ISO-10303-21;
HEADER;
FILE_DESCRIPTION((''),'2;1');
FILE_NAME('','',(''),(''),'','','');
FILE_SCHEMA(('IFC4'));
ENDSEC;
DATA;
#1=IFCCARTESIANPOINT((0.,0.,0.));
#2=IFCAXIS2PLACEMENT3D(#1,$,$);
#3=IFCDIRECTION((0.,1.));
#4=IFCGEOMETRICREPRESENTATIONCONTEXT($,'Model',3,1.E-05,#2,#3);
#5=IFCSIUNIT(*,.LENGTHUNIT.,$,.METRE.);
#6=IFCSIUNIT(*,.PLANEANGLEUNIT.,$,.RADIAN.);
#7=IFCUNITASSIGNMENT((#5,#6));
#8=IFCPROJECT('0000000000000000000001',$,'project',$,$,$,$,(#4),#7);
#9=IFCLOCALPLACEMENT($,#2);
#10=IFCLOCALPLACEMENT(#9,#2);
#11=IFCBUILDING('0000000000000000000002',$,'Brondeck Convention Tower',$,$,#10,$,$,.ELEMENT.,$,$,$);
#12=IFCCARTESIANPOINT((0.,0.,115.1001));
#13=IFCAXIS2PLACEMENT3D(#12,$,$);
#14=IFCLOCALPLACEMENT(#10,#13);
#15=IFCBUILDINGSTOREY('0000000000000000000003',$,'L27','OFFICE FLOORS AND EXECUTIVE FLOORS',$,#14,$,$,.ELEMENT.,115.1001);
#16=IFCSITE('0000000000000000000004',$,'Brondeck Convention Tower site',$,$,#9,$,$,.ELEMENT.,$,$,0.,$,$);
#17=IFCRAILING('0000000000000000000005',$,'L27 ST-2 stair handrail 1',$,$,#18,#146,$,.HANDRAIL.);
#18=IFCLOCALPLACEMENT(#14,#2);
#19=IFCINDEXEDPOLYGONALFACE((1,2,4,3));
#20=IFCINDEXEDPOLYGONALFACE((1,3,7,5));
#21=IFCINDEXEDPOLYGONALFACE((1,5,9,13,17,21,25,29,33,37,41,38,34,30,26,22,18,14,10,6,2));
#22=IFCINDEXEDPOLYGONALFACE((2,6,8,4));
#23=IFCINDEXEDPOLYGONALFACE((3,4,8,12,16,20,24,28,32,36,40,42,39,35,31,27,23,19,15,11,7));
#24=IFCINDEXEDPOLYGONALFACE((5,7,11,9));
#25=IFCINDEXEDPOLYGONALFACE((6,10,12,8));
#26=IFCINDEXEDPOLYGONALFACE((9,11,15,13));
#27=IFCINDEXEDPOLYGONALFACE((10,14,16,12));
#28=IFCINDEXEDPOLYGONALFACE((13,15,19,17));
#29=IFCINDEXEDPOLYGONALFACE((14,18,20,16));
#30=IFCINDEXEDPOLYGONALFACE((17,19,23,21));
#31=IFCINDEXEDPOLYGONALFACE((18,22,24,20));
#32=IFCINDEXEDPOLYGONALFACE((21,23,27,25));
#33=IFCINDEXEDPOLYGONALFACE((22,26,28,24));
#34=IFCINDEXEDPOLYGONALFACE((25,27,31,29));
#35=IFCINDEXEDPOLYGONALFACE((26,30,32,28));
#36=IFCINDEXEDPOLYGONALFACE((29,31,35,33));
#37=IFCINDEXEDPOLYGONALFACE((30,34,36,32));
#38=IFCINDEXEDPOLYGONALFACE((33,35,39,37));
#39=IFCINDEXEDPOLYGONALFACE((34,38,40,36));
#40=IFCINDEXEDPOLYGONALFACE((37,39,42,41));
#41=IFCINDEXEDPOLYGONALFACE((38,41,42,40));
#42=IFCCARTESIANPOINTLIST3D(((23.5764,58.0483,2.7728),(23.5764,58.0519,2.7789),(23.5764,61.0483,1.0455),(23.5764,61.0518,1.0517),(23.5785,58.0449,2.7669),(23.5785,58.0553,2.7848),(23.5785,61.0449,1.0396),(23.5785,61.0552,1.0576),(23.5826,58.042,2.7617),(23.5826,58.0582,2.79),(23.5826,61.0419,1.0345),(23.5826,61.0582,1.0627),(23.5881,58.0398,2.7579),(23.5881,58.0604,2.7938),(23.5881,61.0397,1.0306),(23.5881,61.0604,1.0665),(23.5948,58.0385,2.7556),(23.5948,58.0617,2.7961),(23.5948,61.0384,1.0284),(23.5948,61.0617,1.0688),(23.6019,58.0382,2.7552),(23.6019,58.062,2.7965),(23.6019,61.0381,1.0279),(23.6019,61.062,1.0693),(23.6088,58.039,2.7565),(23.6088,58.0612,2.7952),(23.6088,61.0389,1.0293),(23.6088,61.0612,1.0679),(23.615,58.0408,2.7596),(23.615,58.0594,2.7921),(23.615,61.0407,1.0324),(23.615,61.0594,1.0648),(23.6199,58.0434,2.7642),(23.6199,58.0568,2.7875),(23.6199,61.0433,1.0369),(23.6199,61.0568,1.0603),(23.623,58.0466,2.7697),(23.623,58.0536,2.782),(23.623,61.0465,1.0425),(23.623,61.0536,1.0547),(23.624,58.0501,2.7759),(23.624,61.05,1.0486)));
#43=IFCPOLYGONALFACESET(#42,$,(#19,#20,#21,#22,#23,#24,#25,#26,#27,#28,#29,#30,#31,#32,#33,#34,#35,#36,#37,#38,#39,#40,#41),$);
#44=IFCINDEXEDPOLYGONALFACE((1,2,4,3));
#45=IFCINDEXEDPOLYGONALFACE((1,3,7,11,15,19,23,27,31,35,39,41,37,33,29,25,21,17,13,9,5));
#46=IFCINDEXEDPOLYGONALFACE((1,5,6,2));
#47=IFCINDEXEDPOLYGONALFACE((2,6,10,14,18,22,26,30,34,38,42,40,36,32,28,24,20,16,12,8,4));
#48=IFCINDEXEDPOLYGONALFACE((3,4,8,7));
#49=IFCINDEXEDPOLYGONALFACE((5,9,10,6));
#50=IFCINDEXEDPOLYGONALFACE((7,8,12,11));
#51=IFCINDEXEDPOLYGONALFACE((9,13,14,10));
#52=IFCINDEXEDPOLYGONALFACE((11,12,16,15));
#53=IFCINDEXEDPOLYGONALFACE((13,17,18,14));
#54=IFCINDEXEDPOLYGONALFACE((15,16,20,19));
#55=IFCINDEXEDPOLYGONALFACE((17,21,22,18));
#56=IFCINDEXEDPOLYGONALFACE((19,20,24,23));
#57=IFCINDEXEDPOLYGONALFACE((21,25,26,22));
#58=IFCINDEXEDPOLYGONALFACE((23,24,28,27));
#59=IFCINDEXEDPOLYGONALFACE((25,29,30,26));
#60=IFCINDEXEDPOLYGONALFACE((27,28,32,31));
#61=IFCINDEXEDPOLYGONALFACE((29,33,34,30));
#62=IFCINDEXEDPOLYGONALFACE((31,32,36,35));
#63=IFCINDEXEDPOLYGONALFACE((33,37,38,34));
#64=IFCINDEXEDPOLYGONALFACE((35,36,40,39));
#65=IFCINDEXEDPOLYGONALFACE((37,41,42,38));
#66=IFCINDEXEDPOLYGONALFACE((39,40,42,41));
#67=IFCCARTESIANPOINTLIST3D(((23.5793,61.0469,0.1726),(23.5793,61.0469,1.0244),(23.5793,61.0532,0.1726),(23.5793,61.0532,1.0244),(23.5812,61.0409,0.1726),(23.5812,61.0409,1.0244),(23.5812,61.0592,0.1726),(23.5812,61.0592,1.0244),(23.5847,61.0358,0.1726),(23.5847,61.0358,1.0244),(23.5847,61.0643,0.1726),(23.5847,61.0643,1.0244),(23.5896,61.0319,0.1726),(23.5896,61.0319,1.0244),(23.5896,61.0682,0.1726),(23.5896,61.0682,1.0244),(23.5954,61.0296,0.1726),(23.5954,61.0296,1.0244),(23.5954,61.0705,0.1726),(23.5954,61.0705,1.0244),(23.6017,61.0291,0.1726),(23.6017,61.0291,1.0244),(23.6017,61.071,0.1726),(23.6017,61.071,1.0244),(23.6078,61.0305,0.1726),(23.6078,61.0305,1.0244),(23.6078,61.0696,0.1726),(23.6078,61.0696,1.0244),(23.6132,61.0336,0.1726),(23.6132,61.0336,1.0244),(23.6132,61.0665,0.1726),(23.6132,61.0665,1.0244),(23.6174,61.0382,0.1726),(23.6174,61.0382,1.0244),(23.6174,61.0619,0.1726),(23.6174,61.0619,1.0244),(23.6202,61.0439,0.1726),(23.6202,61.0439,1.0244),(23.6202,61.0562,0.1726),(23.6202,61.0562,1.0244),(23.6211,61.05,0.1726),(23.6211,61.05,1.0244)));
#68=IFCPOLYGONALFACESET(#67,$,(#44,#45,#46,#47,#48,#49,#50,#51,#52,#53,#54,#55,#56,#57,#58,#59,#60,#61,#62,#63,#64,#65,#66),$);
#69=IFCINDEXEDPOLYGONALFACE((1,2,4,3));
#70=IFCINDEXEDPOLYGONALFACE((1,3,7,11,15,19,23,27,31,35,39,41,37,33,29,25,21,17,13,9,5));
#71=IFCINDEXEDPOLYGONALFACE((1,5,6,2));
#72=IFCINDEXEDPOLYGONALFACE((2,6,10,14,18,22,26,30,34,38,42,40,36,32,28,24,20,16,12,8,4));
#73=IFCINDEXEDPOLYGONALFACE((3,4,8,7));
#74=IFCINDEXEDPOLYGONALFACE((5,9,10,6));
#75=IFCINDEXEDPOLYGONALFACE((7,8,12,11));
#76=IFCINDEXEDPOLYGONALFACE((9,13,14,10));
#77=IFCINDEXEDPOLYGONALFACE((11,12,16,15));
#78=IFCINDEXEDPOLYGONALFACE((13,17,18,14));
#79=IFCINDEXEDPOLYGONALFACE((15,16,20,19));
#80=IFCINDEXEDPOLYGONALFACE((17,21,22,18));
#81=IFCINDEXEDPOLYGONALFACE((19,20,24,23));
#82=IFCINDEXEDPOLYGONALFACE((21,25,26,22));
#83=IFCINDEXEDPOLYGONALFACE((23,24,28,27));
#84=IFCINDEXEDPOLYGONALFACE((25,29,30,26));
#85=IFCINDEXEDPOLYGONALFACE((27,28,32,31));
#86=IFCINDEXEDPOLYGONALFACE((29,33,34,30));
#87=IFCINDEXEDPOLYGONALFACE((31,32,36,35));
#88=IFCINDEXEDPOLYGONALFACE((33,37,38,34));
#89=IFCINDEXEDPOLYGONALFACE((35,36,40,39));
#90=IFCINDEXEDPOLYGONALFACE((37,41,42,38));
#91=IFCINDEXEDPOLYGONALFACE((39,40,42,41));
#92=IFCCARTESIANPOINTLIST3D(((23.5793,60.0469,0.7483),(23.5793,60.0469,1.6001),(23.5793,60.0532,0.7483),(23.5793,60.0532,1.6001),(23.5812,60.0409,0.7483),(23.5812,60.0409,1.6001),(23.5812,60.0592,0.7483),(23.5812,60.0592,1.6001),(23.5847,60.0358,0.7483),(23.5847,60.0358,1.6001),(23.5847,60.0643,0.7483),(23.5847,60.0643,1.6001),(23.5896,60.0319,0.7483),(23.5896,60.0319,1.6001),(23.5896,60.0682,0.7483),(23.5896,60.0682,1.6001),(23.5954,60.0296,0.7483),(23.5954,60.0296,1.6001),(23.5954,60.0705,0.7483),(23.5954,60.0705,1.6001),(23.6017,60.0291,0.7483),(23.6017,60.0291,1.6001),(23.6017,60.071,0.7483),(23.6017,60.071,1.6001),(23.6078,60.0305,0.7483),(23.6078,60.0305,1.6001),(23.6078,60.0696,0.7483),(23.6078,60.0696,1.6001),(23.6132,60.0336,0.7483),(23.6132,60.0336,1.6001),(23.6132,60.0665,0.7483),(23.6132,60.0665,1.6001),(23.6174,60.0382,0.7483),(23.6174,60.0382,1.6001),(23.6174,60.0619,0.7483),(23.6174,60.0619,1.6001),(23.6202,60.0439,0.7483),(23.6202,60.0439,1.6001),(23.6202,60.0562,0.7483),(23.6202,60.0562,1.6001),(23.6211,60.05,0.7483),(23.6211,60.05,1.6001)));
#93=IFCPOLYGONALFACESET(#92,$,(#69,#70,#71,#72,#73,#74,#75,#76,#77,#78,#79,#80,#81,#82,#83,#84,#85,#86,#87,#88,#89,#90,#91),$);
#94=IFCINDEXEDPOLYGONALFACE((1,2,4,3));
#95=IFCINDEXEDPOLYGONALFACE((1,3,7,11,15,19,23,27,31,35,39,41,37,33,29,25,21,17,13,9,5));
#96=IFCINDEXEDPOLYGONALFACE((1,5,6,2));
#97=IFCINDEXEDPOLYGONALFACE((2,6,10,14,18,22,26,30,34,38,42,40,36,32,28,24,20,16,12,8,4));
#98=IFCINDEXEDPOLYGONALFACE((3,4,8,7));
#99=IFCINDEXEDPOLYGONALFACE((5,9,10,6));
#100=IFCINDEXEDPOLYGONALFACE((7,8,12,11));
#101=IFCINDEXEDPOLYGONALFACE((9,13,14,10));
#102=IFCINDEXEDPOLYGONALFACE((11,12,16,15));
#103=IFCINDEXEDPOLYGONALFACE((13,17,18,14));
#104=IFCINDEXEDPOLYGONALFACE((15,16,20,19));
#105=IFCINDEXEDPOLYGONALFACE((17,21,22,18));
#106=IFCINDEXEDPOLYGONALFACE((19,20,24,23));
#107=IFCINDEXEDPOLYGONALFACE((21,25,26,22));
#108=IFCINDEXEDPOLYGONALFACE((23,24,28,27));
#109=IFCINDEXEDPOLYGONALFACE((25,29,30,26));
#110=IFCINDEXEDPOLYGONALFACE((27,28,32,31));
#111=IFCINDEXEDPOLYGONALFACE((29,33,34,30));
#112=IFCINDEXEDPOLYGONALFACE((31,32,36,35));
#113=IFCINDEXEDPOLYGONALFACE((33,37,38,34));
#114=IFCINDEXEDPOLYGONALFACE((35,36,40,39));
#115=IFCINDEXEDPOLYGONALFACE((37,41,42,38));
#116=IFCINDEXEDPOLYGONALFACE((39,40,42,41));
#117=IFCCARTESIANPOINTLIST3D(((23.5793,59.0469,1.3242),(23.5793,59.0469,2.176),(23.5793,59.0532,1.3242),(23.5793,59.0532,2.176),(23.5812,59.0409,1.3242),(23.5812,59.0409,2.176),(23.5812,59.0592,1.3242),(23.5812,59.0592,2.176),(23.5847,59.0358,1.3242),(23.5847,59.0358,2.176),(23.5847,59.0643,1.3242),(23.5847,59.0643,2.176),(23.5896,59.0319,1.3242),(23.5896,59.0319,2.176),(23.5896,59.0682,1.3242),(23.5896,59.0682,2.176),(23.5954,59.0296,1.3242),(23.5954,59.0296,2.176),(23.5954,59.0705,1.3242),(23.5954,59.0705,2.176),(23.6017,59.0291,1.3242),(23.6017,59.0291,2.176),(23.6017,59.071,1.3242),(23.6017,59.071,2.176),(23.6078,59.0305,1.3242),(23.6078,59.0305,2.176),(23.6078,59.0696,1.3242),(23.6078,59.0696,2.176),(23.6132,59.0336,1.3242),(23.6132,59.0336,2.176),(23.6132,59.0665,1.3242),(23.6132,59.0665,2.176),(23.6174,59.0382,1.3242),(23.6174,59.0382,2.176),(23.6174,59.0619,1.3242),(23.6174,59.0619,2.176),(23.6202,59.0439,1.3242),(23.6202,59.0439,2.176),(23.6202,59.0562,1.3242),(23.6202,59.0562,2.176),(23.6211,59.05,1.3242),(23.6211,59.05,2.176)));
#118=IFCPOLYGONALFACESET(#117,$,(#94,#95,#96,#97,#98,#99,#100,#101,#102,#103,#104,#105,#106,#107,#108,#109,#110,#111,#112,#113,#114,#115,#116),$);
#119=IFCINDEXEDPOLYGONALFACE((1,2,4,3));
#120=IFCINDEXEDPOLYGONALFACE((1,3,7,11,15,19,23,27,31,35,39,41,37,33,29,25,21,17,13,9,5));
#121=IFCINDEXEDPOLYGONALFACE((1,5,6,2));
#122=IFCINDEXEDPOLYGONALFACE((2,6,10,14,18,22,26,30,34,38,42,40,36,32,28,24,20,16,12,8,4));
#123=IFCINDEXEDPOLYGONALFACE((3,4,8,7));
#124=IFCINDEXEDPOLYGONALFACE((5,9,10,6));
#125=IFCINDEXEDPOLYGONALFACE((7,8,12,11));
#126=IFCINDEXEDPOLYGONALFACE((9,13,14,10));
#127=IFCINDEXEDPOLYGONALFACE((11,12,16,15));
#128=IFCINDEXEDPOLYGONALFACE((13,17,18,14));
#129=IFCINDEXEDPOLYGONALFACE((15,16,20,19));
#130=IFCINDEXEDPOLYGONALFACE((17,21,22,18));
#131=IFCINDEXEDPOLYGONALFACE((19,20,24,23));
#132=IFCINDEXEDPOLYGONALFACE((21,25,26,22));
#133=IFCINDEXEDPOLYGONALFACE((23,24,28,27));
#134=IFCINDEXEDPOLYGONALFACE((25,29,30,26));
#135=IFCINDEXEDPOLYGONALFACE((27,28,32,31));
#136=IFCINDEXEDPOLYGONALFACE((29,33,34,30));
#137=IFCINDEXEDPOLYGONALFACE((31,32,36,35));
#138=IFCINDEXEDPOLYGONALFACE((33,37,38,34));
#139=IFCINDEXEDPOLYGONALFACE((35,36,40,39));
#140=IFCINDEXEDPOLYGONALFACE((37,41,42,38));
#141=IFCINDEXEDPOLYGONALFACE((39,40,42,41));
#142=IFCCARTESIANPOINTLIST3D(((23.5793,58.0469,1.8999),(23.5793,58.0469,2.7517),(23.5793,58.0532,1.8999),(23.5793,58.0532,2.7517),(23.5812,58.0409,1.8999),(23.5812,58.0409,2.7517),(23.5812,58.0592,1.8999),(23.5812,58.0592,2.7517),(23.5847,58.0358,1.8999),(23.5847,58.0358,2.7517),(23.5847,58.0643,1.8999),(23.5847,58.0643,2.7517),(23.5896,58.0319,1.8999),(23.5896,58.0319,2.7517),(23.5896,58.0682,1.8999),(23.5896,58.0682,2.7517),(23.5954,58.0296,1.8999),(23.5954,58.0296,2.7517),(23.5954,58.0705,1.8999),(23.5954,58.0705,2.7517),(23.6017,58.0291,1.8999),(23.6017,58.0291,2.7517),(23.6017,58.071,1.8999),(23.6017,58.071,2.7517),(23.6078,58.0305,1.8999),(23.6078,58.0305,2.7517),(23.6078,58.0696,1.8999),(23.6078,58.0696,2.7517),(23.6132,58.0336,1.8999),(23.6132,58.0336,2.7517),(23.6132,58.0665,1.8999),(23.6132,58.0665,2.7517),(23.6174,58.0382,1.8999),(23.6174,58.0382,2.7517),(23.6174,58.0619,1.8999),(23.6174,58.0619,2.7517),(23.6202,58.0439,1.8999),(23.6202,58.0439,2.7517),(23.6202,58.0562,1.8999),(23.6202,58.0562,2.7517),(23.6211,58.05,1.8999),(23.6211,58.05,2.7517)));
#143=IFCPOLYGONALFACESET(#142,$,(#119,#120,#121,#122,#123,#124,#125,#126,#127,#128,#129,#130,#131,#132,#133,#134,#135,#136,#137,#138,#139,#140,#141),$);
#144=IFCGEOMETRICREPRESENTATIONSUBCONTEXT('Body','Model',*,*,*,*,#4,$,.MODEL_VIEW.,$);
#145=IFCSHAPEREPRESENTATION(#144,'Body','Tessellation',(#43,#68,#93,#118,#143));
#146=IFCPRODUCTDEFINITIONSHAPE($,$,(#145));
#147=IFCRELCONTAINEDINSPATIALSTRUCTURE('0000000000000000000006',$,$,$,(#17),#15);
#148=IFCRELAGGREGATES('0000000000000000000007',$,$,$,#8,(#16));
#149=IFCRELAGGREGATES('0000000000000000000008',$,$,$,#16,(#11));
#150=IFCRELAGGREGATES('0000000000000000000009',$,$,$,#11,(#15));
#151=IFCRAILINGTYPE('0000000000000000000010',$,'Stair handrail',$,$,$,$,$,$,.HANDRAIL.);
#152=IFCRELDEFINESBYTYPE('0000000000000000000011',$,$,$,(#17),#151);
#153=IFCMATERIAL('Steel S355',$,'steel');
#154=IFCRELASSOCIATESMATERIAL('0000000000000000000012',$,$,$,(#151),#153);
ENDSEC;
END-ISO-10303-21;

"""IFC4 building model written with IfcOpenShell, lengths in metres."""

from ifc_helpers import new_model, si_unit, direction, frame, origin, origin_2d, place, context, subcontext, project, spatial, circle, extrude, material, type_object, element, save


model = new_model("IFC4")

# Units and contexts
model_context = context("Model", 3, precision=1e-05, world=origin(), true_north=direction((0.0, 1.0)))
body_context = subcontext(model_context, "Body", "Model", "MODEL_VIEW")
ifc_project = project(units=[si_unit("LENGTHUNIT", "METRE"), si_unit("PLANEANGLEUNIT", "RADIAN")], contexts=[model_context])

# Site, building, storey
site_placement = place(None, origin())
site = spatial("IfcSite", under=ifc_project, at=site_placement, Name="Brondeck Convention Tower site", CompositionType="ELEMENT", RefElevation=0.0)
building_placement = place(site_placement, origin())
building = spatial("IfcBuilding", under=site, at=building_placement, Name="Brondeck Convention Tower", CompositionType="ELEMENT")
storey_placement = place(building_placement, frame((0.0, 0.0, 115.1001)))
storey = spatial("IfcBuildingStorey", under=building, at=storey_placement, Name="L27", Description="OFFICE FLOORS AND EXECUTIVE FLOORS", CompositionType="ELEMENT", Elevation=115.1001)

# Railing
ifc_material_1 = material(Name="Steel S355", Category="steel")
railing_type_1 = type_object("IfcRailingType", Name="Stair handrail", PredefinedType="HANDRAIL", material=ifc_material_1)
railing_1_placement = place(storey_placement, frame((23.6001, 61.05, 0.1726)))
element("IfcRailing", 1, at=railing_1_placement, inside=storey, type_object=railing_type_1, Name="L27 ST-2 stair handrail 1", PredefinedType="HANDRAIL", context=body_context, shape_type="SweptSolid", body=[
    extrude(circle(Radius=0.0239, at=origin_2d()), frame((0.0, 0.0, 0.876), z_axis=(0.0, -0.86662, 0.498969), x_axis=(1.0, 0.0, 0.0)), (0.0, 0.0, 1.0), 3.4617),
    extrude(circle(Radius=0.021, at=origin_2d()), origin(), (0.0, 0.0, 1.0), 0.8518),
    extrude(circle(Radius=0.021, at=origin_2d()), frame((0.0, -1.0, 0.5757)), (0.0, 0.0, 1.0), 0.8518),
    extrude(circle(Radius=0.021, at=origin_2d()), frame((0.0, -2.0, 1.1516)), (0.0, 0.0, 1.0), 0.8518),
    extrude(circle(Radius=0.021, at=origin_2d()), frame((0.0, -3.0, 1.7273)), (0.0, 0.0, 1.0), 0.8518),
])

save(model, "model.ifc")
